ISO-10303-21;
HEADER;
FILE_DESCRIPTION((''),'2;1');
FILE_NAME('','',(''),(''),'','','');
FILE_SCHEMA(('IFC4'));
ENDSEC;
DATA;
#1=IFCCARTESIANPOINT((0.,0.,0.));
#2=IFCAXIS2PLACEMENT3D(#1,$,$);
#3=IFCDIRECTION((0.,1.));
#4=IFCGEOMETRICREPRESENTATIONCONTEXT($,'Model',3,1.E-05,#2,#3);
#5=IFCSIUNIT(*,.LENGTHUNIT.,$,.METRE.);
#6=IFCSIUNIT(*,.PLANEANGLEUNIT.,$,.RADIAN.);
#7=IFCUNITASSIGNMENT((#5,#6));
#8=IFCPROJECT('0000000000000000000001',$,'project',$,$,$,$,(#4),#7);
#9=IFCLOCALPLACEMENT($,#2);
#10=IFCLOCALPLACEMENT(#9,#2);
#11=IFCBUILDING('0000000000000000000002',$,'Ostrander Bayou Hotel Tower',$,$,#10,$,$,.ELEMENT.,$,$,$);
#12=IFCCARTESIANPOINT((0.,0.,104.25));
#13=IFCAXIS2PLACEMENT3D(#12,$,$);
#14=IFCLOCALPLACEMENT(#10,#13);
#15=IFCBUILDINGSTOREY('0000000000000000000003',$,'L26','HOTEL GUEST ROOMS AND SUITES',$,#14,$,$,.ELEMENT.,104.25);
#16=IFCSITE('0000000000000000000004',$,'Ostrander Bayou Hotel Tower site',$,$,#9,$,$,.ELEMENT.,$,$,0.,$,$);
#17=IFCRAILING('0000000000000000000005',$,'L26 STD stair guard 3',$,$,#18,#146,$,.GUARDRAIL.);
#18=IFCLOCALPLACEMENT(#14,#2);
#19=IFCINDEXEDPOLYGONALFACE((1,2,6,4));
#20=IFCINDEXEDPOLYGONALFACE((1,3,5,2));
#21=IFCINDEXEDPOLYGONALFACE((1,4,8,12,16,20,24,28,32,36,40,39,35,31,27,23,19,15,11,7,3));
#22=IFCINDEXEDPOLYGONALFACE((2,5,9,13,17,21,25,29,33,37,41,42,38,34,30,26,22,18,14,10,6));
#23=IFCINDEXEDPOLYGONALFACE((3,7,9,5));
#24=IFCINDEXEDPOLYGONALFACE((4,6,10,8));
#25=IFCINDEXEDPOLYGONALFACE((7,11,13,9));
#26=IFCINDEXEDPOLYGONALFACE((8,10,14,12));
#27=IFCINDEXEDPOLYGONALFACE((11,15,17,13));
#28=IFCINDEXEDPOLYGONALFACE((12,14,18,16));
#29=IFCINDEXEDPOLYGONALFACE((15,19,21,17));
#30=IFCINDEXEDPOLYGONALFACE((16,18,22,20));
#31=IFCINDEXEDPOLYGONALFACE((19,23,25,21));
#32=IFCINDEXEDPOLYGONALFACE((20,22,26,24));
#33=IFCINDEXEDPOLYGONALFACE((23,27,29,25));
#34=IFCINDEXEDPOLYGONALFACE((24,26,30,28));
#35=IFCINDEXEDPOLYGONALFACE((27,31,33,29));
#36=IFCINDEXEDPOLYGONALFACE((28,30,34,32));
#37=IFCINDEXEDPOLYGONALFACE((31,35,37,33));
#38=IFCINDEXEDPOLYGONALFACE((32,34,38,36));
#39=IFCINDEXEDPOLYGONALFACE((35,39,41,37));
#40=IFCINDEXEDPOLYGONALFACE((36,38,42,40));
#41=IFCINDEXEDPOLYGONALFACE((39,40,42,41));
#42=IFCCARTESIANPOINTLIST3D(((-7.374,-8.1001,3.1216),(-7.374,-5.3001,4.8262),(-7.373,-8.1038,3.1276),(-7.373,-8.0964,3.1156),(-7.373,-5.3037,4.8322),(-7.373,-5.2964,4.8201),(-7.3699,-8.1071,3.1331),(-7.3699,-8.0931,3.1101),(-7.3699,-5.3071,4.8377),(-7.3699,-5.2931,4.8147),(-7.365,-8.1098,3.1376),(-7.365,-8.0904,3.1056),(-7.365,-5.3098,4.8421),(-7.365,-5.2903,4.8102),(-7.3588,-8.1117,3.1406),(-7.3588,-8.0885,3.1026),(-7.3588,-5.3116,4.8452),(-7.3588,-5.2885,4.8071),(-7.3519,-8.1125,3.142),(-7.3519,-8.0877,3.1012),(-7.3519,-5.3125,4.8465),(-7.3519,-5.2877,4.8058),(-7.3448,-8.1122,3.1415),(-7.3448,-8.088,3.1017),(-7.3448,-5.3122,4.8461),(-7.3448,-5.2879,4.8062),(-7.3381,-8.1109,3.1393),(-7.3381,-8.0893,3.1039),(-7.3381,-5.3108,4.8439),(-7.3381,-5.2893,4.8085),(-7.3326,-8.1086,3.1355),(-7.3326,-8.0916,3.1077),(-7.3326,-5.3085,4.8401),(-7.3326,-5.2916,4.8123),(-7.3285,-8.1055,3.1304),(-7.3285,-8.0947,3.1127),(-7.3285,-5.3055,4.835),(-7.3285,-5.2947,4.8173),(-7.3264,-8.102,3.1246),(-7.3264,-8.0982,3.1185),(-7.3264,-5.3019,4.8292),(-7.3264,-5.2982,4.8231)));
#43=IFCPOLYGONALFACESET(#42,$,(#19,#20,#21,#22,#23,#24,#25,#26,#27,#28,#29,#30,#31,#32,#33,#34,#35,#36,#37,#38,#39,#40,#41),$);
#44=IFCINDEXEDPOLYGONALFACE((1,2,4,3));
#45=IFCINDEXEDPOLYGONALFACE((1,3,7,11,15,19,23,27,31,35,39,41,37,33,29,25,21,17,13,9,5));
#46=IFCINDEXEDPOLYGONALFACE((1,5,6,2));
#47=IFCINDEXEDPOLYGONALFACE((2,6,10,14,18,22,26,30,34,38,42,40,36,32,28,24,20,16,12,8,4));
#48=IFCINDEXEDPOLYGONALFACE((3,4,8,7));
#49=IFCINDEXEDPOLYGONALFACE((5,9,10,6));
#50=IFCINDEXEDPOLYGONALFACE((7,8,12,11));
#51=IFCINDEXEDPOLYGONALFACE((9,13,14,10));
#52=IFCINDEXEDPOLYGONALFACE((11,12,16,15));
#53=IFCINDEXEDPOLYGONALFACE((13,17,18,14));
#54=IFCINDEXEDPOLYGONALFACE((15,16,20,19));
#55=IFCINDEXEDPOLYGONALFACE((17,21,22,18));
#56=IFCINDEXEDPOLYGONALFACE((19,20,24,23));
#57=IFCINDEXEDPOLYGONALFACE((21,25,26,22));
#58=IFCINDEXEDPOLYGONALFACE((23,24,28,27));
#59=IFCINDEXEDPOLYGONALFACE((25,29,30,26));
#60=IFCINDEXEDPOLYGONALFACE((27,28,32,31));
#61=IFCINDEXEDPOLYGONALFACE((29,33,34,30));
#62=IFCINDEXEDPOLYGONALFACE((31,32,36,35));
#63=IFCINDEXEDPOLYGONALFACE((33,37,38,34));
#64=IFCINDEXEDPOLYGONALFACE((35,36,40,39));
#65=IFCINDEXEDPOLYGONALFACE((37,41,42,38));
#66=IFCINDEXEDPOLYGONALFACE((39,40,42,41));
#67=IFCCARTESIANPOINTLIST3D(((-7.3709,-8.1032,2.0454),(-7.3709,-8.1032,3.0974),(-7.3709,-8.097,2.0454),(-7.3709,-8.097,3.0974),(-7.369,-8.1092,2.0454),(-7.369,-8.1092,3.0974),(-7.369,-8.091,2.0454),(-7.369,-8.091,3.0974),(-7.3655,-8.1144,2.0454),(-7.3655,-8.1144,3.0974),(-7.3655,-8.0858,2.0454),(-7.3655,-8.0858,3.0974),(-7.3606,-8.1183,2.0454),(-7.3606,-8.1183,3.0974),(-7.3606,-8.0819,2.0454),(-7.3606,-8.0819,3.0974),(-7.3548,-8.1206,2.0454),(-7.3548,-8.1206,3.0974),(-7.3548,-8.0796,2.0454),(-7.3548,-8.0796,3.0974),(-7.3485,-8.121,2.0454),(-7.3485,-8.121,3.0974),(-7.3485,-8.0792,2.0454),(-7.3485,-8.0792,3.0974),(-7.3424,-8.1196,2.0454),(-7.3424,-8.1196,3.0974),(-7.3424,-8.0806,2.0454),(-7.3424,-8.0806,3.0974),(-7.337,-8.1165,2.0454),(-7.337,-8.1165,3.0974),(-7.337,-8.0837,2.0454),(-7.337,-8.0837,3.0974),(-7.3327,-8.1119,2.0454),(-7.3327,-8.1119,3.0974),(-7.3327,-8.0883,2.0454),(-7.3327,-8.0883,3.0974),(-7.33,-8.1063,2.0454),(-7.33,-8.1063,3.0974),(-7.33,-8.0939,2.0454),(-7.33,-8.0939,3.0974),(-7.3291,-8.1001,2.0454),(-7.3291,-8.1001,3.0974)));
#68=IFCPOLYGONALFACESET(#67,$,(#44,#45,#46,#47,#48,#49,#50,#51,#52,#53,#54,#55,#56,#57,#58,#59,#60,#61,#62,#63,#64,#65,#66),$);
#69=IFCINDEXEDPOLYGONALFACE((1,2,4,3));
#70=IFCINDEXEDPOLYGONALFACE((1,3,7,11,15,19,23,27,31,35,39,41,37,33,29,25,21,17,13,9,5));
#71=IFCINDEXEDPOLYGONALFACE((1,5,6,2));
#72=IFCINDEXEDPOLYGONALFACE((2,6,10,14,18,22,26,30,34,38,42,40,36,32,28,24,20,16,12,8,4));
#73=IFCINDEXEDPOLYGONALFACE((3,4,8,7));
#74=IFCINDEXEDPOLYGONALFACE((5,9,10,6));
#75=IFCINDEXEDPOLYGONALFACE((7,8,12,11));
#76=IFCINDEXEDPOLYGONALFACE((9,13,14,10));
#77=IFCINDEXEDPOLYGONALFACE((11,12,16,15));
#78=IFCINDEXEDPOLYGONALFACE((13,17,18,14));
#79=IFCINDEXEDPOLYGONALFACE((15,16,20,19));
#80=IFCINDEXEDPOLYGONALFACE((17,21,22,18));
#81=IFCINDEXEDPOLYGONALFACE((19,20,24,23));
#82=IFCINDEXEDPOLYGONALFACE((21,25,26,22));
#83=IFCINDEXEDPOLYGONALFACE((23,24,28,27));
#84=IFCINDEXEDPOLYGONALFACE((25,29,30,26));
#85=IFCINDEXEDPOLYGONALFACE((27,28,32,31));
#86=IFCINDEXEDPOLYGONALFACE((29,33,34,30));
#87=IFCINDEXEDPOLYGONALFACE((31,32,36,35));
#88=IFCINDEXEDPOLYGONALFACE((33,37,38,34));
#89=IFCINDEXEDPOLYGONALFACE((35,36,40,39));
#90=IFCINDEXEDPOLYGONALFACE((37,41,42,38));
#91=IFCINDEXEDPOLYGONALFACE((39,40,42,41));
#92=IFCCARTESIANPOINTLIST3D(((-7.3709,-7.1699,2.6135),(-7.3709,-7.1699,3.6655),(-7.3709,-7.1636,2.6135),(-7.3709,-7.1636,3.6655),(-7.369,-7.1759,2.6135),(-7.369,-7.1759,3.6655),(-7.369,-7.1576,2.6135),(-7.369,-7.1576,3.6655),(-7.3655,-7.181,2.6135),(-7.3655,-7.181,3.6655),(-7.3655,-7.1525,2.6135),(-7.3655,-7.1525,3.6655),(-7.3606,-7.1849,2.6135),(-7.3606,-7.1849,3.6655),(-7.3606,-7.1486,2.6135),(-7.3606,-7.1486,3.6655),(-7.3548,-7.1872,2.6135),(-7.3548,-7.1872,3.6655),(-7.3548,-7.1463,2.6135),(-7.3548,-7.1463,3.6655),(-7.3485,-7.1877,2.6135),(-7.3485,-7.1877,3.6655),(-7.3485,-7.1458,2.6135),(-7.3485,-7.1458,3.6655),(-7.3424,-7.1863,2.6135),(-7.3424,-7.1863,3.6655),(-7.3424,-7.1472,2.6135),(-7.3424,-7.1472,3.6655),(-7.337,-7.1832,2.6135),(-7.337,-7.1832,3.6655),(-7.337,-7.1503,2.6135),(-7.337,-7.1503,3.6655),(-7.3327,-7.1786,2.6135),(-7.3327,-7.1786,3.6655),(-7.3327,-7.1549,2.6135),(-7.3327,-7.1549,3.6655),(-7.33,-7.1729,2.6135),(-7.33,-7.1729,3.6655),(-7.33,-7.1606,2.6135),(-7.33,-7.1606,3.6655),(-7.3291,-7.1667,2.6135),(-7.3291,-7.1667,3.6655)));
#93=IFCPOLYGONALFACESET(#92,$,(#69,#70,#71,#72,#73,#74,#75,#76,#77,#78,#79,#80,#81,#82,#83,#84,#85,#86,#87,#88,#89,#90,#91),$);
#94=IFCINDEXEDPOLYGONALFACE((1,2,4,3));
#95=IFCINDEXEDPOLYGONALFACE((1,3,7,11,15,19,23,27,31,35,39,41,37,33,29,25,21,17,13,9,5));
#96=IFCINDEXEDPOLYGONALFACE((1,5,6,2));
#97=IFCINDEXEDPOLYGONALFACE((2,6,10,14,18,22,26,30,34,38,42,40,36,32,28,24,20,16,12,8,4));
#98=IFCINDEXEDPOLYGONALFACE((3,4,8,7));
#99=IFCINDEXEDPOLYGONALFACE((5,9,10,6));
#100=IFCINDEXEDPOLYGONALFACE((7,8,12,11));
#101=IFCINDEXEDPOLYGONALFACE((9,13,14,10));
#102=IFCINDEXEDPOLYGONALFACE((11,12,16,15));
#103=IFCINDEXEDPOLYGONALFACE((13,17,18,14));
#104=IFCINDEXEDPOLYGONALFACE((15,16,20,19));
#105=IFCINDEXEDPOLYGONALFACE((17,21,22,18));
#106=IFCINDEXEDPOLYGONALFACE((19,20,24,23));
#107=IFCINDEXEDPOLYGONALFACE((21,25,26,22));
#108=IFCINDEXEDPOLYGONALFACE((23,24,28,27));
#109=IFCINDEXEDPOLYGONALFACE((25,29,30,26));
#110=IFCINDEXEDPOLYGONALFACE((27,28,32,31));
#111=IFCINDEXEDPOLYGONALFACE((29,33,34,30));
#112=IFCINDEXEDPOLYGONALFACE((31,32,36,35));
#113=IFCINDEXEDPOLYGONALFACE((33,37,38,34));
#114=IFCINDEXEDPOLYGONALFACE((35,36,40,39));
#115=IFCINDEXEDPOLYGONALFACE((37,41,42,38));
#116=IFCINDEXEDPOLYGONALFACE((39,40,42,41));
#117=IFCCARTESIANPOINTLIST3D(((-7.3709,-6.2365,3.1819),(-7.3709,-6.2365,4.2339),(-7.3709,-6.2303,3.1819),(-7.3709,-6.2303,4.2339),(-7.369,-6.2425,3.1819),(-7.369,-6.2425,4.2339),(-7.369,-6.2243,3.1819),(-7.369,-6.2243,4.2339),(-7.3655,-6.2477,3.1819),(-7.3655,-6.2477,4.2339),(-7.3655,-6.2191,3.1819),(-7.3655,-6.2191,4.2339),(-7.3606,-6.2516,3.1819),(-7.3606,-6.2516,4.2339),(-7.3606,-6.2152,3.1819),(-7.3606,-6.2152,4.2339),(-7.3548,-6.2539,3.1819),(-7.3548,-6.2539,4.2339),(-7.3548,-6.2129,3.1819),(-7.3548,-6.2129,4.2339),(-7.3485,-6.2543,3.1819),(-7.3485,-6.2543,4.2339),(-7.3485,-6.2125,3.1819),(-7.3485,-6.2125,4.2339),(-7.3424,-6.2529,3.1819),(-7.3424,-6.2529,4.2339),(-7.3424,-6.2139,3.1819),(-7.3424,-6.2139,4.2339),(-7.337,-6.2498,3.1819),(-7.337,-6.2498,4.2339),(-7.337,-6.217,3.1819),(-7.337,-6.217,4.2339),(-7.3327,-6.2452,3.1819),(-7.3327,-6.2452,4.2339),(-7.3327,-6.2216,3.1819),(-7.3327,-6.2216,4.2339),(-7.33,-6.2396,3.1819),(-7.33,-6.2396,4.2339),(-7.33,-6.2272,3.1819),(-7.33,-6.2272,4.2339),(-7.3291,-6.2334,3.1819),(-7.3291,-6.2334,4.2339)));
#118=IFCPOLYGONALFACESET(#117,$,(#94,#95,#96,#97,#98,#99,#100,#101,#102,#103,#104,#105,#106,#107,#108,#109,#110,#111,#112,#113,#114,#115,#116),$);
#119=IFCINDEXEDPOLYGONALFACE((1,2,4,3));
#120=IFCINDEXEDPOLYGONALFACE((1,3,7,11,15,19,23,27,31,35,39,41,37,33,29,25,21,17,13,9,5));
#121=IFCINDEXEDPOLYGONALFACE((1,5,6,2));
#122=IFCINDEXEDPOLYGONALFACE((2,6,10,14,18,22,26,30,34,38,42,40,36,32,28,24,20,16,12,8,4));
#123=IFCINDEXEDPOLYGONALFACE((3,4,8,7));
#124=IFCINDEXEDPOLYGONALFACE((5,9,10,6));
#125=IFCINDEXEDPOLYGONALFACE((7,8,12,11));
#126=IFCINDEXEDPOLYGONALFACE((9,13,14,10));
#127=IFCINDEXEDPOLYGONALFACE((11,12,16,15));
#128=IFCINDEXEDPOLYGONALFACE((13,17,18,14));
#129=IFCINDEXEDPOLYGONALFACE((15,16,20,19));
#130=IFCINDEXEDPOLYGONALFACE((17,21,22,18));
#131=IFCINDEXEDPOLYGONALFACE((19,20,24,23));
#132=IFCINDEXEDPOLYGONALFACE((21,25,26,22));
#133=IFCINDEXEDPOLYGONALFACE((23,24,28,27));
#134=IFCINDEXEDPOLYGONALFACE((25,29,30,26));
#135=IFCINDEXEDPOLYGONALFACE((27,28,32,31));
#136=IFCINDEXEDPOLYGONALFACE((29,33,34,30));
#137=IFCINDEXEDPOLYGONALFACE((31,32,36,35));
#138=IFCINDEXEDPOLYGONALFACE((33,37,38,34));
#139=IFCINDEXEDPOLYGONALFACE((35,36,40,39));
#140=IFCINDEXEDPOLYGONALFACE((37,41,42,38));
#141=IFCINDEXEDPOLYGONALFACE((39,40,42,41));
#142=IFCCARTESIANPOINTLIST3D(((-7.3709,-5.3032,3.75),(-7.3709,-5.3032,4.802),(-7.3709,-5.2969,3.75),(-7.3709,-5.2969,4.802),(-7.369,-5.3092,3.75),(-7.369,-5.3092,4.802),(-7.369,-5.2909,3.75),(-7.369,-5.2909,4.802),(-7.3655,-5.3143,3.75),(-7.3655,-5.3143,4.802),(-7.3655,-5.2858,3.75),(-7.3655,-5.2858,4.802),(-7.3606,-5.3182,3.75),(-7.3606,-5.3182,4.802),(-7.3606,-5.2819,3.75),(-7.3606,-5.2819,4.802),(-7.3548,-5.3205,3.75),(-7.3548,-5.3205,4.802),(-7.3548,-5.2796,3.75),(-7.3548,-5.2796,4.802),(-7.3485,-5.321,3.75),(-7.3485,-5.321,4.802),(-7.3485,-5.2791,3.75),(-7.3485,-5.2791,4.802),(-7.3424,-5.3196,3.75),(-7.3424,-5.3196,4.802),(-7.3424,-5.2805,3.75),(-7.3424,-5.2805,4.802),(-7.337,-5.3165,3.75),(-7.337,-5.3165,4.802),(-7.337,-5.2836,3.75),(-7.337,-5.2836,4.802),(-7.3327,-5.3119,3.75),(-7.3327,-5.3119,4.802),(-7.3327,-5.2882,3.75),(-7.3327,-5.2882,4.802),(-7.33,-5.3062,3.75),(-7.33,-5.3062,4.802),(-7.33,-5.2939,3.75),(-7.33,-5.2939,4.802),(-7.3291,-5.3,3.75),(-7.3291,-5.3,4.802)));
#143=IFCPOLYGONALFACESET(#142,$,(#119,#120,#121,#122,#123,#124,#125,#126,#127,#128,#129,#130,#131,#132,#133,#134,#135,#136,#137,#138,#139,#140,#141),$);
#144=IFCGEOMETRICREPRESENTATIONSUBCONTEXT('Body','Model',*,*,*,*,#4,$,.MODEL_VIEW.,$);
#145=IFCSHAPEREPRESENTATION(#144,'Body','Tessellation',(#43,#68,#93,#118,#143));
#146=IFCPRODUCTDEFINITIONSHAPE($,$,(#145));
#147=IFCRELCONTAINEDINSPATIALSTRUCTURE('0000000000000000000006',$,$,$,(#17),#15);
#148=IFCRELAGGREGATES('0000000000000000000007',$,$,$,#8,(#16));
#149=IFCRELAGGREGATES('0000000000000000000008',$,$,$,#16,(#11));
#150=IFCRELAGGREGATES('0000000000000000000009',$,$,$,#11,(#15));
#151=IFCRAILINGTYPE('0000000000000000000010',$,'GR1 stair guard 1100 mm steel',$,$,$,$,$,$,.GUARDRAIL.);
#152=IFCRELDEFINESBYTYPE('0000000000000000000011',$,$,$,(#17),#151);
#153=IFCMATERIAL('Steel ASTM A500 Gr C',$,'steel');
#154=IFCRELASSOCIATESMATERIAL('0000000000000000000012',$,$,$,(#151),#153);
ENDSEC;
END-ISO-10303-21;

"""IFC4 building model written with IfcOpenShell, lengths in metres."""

from ifc_helpers import new_model, si_unit, direction, frame, origin, origin_2d, place, context, subcontext, project, spatial, circle, extrude, material, type_object, element, save


model = new_model("IFC4")

# Units and contexts
model_context = context("Model", 3, precision=1e-05, world=origin(), true_north=direction((0.0, 1.0)))
body_context = subcontext(model_context, "Body", "Model", "MODEL_VIEW")
ifc_project = project(units=[si_unit("LENGTHUNIT", "METRE"), si_unit("PLANEANGLEUNIT", "RADIAN")], contexts=[model_context])

# Site, building, storey
site_placement = place(None, origin())
site = spatial("IfcSite", under=ifc_project, at=site_placement, Name="Ostrander Bayou Hotel Tower site", CompositionType="ELEMENT", RefElevation=0.0)
building_placement = place(site_placement, origin())
building = spatial("IfcBuilding", under=site, at=building_placement, Name="Ostrander Bayou Hotel Tower", CompositionType="ELEMENT")
storey_placement = place(building_placement, frame((0.0, 0.0, 104.25)))
storey = spatial("IfcBuildingStorey", under=building, at=storey_placement, Name="L26", Description="HOTEL GUEST ROOMS AND SUITES", CompositionType="ELEMENT", Elevation=104.25)

# Railing
ifc_material_1 = material(Name="Steel ASTM A500 Gr C", Category="steel")
railing_type_1 = type_object("IfcRailingType", Name="GR1 stair guard 1100 mm steel", PredefinedType="GUARDRAIL", material=ifc_material_1)
railing_1_placement = place(storey_placement, frame((-7.3501, -8.1001, 2.0454)))
element("IfcRailing", 1, at=railing_1_placement, inside=storey, type_object=railing_type_1, Name="L26 STD stair guard 3", PredefinedType="GUARDRAIL", context=body_context, shape_type="SweptSolid", body=[
    extrude(circle(Radius=0.0239, at=origin_2d()), frame((0.0, 0.0, 1.0762), z_axis=(0.0, 0.85417, 0.519994), x_axis=(-1.0, 0.0, 0.0)), (0.0, 0.0, 1.0), 3.2781),
    extrude(circle(Radius=0.021, at=origin_2d()), origin(), (0.0, 0.0, 1.0), 1.052),
    extrude(circle(Radius=0.021, at=origin_2d()), frame((0.0, 0.9333, 0.5681)), (0.0, 0.0, 1.0), 1.052),
    extrude(circle(Radius=0.021, at=origin_2d()), frame((0.0, 1.8667, 1.1365)), (0.0, 0.0, 1.0), 1.052),
    extrude(circle(Radius=0.021, at=origin_2d()), frame((0.0, 2.8, 1.7046)), (0.0, 0.0, 1.0), 1.052),
])

save(model, "model.ifc")
